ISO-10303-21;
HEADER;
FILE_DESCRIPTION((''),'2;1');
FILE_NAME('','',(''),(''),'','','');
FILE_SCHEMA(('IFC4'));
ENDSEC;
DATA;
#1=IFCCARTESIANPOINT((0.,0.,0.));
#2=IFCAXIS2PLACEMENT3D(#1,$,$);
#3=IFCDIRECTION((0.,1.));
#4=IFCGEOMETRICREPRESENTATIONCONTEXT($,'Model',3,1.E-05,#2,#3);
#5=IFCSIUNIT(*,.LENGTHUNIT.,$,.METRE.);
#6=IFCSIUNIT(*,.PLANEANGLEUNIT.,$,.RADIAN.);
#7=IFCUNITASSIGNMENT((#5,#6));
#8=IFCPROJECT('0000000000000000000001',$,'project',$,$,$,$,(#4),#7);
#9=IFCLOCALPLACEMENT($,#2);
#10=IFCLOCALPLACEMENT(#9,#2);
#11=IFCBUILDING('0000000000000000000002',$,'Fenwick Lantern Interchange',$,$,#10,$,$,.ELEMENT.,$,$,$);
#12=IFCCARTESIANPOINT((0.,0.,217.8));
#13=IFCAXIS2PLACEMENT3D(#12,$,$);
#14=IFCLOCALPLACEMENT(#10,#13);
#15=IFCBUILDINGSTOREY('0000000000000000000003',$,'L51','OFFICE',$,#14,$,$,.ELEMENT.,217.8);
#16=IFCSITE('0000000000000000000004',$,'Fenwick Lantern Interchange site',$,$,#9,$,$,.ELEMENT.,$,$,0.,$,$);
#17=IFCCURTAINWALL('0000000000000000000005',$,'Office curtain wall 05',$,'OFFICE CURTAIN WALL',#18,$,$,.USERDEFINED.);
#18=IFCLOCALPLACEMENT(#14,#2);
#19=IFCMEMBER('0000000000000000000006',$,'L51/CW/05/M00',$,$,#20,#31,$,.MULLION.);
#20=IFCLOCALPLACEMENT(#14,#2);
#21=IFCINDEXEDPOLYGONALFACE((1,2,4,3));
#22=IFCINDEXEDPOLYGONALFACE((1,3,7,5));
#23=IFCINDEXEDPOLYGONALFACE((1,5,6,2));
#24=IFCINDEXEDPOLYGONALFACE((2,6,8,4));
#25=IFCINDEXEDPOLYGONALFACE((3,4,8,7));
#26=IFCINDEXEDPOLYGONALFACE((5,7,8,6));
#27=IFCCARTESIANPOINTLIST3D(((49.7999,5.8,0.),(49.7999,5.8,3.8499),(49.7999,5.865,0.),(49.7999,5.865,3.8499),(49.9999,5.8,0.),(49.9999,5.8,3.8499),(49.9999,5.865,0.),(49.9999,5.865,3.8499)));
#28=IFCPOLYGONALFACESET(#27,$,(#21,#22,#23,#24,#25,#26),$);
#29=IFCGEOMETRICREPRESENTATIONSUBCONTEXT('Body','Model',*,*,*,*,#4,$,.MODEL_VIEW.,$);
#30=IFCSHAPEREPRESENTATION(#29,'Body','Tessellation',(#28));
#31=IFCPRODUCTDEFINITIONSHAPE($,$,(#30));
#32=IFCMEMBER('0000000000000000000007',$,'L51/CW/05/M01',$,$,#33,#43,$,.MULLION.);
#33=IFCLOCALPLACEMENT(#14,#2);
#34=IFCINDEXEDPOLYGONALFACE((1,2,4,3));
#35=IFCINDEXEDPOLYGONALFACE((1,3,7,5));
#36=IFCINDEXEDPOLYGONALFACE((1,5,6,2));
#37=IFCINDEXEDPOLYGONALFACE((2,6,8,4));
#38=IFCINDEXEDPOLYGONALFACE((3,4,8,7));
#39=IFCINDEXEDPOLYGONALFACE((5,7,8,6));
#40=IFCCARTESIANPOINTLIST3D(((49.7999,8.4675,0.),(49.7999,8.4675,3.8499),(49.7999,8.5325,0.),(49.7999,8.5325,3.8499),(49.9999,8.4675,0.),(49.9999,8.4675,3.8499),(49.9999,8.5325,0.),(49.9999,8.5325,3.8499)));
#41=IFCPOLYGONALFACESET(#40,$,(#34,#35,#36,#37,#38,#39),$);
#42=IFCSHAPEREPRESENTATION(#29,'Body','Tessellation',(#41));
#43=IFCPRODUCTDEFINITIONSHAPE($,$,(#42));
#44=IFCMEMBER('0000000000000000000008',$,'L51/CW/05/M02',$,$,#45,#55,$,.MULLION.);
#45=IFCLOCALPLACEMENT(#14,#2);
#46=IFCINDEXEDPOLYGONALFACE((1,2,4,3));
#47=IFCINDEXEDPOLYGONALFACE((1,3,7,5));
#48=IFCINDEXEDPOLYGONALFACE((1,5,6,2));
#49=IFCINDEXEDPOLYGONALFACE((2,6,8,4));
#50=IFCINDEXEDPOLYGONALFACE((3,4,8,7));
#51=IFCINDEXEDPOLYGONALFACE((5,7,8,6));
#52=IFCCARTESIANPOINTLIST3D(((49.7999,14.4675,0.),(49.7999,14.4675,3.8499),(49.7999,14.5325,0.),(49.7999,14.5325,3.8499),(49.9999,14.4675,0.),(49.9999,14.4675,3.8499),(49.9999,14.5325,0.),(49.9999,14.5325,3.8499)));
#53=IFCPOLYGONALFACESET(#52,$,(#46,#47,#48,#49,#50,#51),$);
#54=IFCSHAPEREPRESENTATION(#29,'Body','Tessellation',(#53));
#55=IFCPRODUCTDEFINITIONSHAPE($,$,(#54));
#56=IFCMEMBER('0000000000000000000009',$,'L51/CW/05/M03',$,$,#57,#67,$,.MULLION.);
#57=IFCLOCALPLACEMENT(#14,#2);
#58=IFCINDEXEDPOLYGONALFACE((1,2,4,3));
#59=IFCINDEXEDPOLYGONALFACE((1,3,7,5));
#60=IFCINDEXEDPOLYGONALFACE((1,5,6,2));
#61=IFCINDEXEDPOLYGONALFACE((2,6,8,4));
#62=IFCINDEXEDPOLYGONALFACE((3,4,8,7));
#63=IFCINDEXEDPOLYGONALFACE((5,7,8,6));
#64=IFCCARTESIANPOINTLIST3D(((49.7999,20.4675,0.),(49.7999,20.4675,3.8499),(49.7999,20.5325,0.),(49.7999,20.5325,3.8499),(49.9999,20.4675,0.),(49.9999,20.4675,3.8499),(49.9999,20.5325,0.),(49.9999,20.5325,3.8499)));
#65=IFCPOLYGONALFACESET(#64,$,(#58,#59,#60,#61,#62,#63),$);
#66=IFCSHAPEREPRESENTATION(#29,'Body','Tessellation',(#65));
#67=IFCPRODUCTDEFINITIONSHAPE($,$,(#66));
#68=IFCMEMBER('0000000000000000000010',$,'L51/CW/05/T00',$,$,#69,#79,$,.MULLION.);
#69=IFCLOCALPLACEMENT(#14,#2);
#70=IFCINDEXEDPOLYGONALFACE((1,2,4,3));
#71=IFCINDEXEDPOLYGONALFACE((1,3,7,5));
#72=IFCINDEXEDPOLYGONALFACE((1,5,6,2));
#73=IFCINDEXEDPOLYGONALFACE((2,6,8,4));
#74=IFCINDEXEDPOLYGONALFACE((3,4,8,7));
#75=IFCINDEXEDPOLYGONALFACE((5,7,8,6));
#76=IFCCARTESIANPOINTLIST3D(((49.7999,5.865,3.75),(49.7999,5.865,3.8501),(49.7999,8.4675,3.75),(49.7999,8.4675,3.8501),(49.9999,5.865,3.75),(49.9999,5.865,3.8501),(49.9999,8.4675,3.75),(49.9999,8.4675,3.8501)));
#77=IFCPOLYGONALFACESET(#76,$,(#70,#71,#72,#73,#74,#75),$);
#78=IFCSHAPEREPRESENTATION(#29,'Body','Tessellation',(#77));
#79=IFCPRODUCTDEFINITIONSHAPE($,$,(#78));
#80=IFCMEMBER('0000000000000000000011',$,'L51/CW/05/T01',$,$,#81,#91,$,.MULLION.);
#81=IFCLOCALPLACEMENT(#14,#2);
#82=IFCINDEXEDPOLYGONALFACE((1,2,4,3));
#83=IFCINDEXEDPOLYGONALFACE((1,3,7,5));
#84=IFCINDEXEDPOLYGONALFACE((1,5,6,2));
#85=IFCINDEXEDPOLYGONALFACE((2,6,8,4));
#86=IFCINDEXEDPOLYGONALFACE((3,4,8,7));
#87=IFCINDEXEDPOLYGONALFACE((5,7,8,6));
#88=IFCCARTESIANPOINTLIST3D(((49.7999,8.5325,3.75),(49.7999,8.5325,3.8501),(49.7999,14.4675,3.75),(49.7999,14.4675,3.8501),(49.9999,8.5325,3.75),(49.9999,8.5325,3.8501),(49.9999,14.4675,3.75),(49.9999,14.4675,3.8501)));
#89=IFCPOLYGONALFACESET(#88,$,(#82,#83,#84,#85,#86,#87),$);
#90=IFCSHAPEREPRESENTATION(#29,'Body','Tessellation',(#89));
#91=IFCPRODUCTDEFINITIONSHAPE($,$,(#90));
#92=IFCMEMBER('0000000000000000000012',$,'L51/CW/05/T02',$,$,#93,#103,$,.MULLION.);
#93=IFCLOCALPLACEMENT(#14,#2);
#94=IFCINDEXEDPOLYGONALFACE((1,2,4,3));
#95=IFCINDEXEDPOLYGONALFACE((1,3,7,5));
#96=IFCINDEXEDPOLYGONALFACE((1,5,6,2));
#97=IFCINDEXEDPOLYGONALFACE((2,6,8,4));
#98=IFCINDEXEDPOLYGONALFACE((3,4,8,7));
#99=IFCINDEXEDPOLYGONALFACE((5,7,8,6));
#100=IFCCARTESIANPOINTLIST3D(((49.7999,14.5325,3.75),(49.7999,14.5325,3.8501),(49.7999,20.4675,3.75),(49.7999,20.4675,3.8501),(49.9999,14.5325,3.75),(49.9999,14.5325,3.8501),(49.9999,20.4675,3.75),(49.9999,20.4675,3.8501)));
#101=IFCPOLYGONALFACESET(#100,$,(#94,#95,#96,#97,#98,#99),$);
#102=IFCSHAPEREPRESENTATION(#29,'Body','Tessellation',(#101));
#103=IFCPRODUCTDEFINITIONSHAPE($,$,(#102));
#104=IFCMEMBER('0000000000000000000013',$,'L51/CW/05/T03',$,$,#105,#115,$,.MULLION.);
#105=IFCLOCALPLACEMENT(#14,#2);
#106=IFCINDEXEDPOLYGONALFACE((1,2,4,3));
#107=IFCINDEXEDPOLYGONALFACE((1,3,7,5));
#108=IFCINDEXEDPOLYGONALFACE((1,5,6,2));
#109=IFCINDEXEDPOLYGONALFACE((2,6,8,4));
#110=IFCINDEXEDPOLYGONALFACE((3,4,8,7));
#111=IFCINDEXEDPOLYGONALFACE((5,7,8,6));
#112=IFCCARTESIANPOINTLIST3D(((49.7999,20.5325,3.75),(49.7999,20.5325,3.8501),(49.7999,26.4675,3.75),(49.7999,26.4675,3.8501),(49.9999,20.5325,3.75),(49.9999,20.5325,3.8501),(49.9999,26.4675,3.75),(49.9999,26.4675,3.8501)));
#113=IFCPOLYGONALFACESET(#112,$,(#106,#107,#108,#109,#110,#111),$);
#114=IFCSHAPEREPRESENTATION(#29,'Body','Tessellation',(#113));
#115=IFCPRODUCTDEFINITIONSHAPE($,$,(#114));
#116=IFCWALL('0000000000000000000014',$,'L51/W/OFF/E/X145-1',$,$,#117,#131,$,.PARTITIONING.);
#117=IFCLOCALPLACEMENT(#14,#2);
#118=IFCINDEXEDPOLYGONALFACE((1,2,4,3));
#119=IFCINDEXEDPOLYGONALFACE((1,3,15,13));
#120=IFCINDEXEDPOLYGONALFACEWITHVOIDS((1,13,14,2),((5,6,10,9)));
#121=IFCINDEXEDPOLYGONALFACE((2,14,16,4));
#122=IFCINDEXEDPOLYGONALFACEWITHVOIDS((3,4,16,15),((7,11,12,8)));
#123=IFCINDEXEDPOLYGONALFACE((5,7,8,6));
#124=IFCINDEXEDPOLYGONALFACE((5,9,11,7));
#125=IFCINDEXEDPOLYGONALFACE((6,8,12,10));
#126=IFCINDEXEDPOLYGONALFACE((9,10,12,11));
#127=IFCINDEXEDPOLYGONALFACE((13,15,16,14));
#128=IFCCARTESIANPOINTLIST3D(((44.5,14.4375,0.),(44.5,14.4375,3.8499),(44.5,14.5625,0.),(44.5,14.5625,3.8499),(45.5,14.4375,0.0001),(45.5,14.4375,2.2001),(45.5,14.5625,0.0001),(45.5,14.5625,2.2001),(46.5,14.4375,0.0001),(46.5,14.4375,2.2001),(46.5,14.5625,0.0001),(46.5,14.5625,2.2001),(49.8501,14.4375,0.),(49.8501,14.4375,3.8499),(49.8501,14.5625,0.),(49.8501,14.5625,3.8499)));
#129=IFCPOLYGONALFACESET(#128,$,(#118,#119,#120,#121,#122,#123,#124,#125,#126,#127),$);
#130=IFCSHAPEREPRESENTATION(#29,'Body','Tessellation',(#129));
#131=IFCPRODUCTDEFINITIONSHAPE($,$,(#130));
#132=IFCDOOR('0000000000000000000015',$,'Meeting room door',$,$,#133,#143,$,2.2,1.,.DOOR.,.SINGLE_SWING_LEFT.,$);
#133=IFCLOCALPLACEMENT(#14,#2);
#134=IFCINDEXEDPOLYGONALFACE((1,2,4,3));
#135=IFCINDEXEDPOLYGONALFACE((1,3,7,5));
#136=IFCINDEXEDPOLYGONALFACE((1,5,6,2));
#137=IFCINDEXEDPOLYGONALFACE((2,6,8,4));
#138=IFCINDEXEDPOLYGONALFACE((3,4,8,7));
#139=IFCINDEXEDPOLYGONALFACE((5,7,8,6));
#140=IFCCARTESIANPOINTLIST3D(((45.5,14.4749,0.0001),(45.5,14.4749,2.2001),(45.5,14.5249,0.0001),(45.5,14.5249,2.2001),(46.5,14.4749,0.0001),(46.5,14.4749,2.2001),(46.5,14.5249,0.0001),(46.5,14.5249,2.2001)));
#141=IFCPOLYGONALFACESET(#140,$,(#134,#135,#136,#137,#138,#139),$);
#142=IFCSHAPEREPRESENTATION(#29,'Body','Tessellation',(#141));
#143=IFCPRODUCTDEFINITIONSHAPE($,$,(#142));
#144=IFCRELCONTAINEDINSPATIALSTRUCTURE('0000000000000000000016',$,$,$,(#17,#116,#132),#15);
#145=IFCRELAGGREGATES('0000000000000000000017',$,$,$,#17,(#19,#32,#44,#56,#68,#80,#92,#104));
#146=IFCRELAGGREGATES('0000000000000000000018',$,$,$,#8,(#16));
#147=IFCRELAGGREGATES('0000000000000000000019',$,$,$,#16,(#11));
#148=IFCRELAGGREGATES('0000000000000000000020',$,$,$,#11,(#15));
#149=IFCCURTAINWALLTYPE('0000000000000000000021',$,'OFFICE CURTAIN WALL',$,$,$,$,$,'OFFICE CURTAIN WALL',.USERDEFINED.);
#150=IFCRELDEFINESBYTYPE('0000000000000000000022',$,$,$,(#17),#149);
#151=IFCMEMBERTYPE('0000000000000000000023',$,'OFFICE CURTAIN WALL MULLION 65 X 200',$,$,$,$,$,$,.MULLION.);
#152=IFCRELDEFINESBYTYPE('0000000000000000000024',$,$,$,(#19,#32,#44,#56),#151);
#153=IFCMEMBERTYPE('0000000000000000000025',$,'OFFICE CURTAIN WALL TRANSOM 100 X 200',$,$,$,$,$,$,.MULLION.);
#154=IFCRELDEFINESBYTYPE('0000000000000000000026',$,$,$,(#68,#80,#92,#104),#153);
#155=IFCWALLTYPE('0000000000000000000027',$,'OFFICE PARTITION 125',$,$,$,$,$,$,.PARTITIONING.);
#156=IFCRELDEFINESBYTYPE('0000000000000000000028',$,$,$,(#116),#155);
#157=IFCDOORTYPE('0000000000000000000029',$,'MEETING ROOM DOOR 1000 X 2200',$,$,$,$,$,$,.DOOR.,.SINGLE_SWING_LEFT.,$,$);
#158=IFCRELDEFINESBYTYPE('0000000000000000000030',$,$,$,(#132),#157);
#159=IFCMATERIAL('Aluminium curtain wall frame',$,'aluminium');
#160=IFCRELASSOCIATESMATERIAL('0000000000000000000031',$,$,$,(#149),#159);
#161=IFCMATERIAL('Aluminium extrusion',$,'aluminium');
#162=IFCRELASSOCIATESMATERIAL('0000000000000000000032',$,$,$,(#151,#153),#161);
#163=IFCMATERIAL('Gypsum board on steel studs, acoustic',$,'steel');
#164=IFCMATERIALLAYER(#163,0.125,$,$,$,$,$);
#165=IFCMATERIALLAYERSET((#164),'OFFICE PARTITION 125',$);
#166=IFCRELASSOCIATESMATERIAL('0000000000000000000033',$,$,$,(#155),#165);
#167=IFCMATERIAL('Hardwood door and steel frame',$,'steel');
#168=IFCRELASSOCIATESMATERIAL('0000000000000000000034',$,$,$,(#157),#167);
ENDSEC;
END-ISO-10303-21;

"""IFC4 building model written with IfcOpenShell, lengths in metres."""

from ifc_helpers import new_model, si_unit, direction, frame, frame_2d, origin, origin_2d, place, context, subcontext, project, spatial, rectangle, extrude, material, layer, layer_set, material_profile, profile_set, type_object, element, fill, aggregate, save


model = new_model("IFC4")

# Units and contexts
model_context = context("Model", 3, precision=1e-05, world=origin(), true_north=direction((0.0, 1.0)))
body_context = subcontext(model_context, "Body", "Model", "MODEL_VIEW")
ifc_project = project(units=[si_unit("LENGTHUNIT", "METRE"), si_unit("PLANEANGLEUNIT", "RADIAN")], contexts=[model_context])

# Site, building, storey
site_placement = place(None, origin())
site = spatial("IfcSite", under=ifc_project, at=site_placement, Name="Fenwick Lantern Interchange site", CompositionType="ELEMENT", RefElevation=0.0)
building_placement = place(site_placement, origin())
building = spatial("IfcBuilding", under=site, at=building_placement, Name="Fenwick Lantern Interchange", CompositionType="ELEMENT")
storey_placement = place(building_placement, frame((0.0, 0.0, 217.8)))
storey = spatial("IfcBuildingStorey", under=building, at=storey_placement, Name="L51", Description="OFFICE", CompositionType="ELEMENT", Elevation=217.8)

# Curtain wall, members
ifc_material_1 = material(Name="Aluminium curtain wall frame", Category="aluminium")
curtain_wall_type = type_object("IfcCurtainWallType", Name="OFFICE CURTAIN WALL", ElementType="OFFICE CURTAIN WALL", PredefinedType="USERDEFINED", material=ifc_material_1)
curtain_wall_placement = place(storey_placement, origin())
curtain_wall = element("IfcCurtainWall", 1, at=curtain_wall_placement, inside=storey, type_object=curtain_wall_type, Name="Office curtain wall 05", ObjectType="OFFICE CURTAIN WALL", PredefinedType="USERDEFINED")
ifc_material_2 = material(Name="Aluminium extrusion", Category="aluminium")
ifc_material_profile_1 = material_profile(ifc_material_2, rectangle(XDim=0.2, YDim=0.0649, at=origin_2d()), Name="OFFICE CURTAIN WALL MULLION 65 X 200")
ifc_profile_set_1 = profile_set([ifc_material_profile_1], Name="Aluminium extrusion")
member_type_1 = type_object("IfcMemberType", Name="OFFICE CURTAIN WALL MULLION 65 X 200", PredefinedType="MULLION", material=ifc_profile_set_1)
member_1_placement = place(storey_placement, frame((49.8999, 5.8325, 0.0), z_axis=(0.0, 0.0, 1.0), x_axis=(-1.0, 0.0, 0.0)))
member_1 = element("IfcMember", 2, at=member_1_placement, type_object=member_type_1, Name="L51/CW/05/M00", PredefinedType="MULLION", context=body_context, shape_type="SweptSolid", body=[
    extrude(rectangle(XDim=0.2, YDim=0.0649, at=origin_2d()), origin(), (0.0, 0.0, 1.0), 3.8499),
])
member_2_placement = place(storey_placement, frame((49.8999, 8.5, 0.0), z_axis=(0.0, 0.0, 1.0), x_axis=(-1.0, 0.0, 0.0)))
member_2 = element("IfcMember", 3, at=member_2_placement, type_object=member_type_1, Name="L51/CW/05/M01", PredefinedType="MULLION", context=body_context, shape_type="SweptSolid", body=[
    extrude(rectangle(XDim=0.2, YDim=0.0649, at=origin_2d()), origin(), (0.0, 0.0, 1.0), 3.8499),
])
member_3_placement = place(storey_placement, frame((49.8999, 14.5, 0.0), z_axis=(0.0, 0.0, 1.0), x_axis=(-1.0, 0.0, 0.0)))
member_3 = element("IfcMember", 4, at=member_3_placement, type_object=member_type_1, Name="L51/CW/05/M02", PredefinedType="MULLION", context=body_context, shape_type="SweptSolid", body=[
    extrude(rectangle(XDim=0.2, YDim=0.0649, at=origin_2d()), origin(), (0.0, 0.0, 1.0), 3.8499),
])
member_4_placement = place(storey_placement, frame((49.8999, 20.5, 0.0), z_axis=(0.0, 0.0, 1.0), x_axis=(-1.0, 0.0, 0.0)))
member_4 = element("IfcMember", 5, at=member_4_placement, type_object=member_type_1, Name="L51/CW/05/M03", PredefinedType="MULLION", context=body_context, shape_type="SweptSolid", body=[
    extrude(rectangle(XDim=0.2, YDim=0.0649, at=origin_2d()), origin(), (0.0, 0.0, 1.0), 3.8499),
])
ifc_material_profile_2 = material_profile(ifc_material_2, rectangle(XDim=0.2, YDim=0.1001, at=origin_2d()), Name="OFFICE CURTAIN WALL TRANSOM 100 X 200")
ifc_profile_set_2 = profile_set([ifc_material_profile_2], Name="Aluminium extrusion")
member_type_2 = type_object("IfcMemberType", Name="OFFICE CURTAIN WALL TRANSOM 100 X 200", PredefinedType="MULLION", material=ifc_profile_set_2)
member_5_placement = place(storey_placement, frame((49.8999, 5.865, 3.8), z_axis=(0.0, 1.0, 0.0), x_axis=(-1.0, 0.0, 0.0)))
member_5 = element("IfcMember", 6, at=member_5_placement, type_object=member_type_2, Name="L51/CW/05/T00", PredefinedType="MULLION", context=body_context, shape_type="SweptSolid", body=[
    extrude(rectangle(XDim=0.2, YDim=0.1001, at=origin_2d()), origin(), (0.0, 0.0, 1.0), 2.6025),
])
member_6_placement = place(storey_placement, frame((49.8999, 8.5325, 3.8), z_axis=(0.0, 1.0, 0.0), x_axis=(-1.0, 0.0, 0.0)))
member_6 = element("IfcMember", 7, at=member_6_placement, type_object=member_type_2, Name="L51/CW/05/T01", PredefinedType="MULLION", context=body_context, shape_type="SweptSolid", body=[
    extrude(rectangle(XDim=0.2, YDim=0.1001, at=origin_2d()), origin(), (0.0, 0.0, 1.0), 5.9351),
])
member_7_placement = place(storey_placement, frame((49.8999, 14.5325, 3.8), z_axis=(0.0, 1.0, 0.0), x_axis=(-1.0, 0.0, 0.0)))
member_7 = element("IfcMember", 8, at=member_7_placement, type_object=member_type_2, Name="L51/CW/05/T02", PredefinedType="MULLION", context=body_context, shape_type="SweptSolid", body=[
    extrude(rectangle(XDim=0.2, YDim=0.1001, at=origin_2d()), origin(), (0.0, 0.0, 1.0), 5.9351),
])
member_8_placement = place(storey_placement, frame((49.8999, 20.5325, 3.8), z_axis=(0.0, 1.0, 0.0), x_axis=(-1.0, 0.0, 0.0)))
member_8 = element("IfcMember", 9, at=member_8_placement, type_object=member_type_2, Name="L51/CW/05/T03", PredefinedType="MULLION", context=body_context, shape_type="SweptSolid", body=[
    extrude(rectangle(XDim=0.2, YDim=0.1001, at=origin_2d()), origin(), (0.0, 0.0, 1.0), 5.9351),
])
aggregate(curtain_wall, [member_1, member_2, member_3, member_4, member_5, member_6, member_7, member_8])

# Wall, opening, door
ifc_material_3 = material(Name="Gypsum board on steel studs, acoustic", Category="steel")
ifc_layer_1 = layer(ifc_material_3, 0.125)
ifc_layer_set_1 = layer_set([ifc_layer_1], Name="OFFICE PARTITION 125")
wall_type = type_object("IfcWallType", Name="OFFICE PARTITION 125", PredefinedType="PARTITIONING", material=ifc_layer_set_1)
wall_1_placement = place(storey_placement, frame((49.8501, 14.5, 0.0), z_axis=(0.0, 0.0, 1.0), x_axis=(-1.0, 0.0, 0.0)))
wall_1 = element("IfcWall", 10, at=wall_1_placement, inside=storey, type_object=wall_type, Name="L51/W/OFF/E/X145-1", PredefinedType="PARTITIONING", context=body_context, shape_type="SweptSolid", body=[
    extrude(rectangle(XDim=5.3501, YDim=0.125, at=frame_2d((2.675, 0.0))), origin(), (0.0, 0.0, 1.0), 3.8499),
])
opening_1_placement = place(wall_1_placement, frame((3.3501, 0.0, 0.0)))
opening_1 = element("IfcOpeningElement", 11, at=opening_1_placement, cuts=wall_1, PredefinedType="OPENING", context=body_context, shape_type="SweptSolid", body=[
    extrude(rectangle(XDim=1.0, YDim=2.2, at=frame_2d((0.5, 1.1001))), frame((0.0, 0.0725, 0.0), z_axis=(0.0, -1.0, 0.0), x_axis=(1.0, 0.0, 0.0)), (0.0, 0.0, 1.0), 0.145),
])
ifc_material_4 = material(Name="Hardwood door and steel frame", Category="steel")
door_type_1 = type_object("IfcDoorType", Name="MEETING ROOM DOOR 1000 X 2200", OperationType="SINGLE_SWING_LEFT", PredefinedType="DOOR", material=ifc_material_4)
door_1_placement = place(opening_1_placement, frame((1.0, 0.0, 0.0), z_axis=(0.0, 0.0, 1.0), x_axis=(-1.0, 0.0, 0.0)))
door_1 = element("IfcDoor", 12, at=door_1_placement, inside=storey, type_object=door_type_1, Name="Meeting room door", OperationType="SINGLE_SWING_LEFT", OverallHeight=2.2, OverallWidth=1.0, PredefinedType="DOOR", context=body_context, shape_type="SweptSolid", body=[
    extrude(rectangle(XDim=1.0, YDim=2.2, at=frame_2d((0.5, 1.1001))), frame((0.0, 0.0249, 0.0), z_axis=(0.0, -1.0, 0.0), x_axis=(1.0, 0.0, 0.0)), (0.0, 0.0, 1.0), 0.05),
])
fill(opening_1, door_1)

save(model, "model.ifc")
